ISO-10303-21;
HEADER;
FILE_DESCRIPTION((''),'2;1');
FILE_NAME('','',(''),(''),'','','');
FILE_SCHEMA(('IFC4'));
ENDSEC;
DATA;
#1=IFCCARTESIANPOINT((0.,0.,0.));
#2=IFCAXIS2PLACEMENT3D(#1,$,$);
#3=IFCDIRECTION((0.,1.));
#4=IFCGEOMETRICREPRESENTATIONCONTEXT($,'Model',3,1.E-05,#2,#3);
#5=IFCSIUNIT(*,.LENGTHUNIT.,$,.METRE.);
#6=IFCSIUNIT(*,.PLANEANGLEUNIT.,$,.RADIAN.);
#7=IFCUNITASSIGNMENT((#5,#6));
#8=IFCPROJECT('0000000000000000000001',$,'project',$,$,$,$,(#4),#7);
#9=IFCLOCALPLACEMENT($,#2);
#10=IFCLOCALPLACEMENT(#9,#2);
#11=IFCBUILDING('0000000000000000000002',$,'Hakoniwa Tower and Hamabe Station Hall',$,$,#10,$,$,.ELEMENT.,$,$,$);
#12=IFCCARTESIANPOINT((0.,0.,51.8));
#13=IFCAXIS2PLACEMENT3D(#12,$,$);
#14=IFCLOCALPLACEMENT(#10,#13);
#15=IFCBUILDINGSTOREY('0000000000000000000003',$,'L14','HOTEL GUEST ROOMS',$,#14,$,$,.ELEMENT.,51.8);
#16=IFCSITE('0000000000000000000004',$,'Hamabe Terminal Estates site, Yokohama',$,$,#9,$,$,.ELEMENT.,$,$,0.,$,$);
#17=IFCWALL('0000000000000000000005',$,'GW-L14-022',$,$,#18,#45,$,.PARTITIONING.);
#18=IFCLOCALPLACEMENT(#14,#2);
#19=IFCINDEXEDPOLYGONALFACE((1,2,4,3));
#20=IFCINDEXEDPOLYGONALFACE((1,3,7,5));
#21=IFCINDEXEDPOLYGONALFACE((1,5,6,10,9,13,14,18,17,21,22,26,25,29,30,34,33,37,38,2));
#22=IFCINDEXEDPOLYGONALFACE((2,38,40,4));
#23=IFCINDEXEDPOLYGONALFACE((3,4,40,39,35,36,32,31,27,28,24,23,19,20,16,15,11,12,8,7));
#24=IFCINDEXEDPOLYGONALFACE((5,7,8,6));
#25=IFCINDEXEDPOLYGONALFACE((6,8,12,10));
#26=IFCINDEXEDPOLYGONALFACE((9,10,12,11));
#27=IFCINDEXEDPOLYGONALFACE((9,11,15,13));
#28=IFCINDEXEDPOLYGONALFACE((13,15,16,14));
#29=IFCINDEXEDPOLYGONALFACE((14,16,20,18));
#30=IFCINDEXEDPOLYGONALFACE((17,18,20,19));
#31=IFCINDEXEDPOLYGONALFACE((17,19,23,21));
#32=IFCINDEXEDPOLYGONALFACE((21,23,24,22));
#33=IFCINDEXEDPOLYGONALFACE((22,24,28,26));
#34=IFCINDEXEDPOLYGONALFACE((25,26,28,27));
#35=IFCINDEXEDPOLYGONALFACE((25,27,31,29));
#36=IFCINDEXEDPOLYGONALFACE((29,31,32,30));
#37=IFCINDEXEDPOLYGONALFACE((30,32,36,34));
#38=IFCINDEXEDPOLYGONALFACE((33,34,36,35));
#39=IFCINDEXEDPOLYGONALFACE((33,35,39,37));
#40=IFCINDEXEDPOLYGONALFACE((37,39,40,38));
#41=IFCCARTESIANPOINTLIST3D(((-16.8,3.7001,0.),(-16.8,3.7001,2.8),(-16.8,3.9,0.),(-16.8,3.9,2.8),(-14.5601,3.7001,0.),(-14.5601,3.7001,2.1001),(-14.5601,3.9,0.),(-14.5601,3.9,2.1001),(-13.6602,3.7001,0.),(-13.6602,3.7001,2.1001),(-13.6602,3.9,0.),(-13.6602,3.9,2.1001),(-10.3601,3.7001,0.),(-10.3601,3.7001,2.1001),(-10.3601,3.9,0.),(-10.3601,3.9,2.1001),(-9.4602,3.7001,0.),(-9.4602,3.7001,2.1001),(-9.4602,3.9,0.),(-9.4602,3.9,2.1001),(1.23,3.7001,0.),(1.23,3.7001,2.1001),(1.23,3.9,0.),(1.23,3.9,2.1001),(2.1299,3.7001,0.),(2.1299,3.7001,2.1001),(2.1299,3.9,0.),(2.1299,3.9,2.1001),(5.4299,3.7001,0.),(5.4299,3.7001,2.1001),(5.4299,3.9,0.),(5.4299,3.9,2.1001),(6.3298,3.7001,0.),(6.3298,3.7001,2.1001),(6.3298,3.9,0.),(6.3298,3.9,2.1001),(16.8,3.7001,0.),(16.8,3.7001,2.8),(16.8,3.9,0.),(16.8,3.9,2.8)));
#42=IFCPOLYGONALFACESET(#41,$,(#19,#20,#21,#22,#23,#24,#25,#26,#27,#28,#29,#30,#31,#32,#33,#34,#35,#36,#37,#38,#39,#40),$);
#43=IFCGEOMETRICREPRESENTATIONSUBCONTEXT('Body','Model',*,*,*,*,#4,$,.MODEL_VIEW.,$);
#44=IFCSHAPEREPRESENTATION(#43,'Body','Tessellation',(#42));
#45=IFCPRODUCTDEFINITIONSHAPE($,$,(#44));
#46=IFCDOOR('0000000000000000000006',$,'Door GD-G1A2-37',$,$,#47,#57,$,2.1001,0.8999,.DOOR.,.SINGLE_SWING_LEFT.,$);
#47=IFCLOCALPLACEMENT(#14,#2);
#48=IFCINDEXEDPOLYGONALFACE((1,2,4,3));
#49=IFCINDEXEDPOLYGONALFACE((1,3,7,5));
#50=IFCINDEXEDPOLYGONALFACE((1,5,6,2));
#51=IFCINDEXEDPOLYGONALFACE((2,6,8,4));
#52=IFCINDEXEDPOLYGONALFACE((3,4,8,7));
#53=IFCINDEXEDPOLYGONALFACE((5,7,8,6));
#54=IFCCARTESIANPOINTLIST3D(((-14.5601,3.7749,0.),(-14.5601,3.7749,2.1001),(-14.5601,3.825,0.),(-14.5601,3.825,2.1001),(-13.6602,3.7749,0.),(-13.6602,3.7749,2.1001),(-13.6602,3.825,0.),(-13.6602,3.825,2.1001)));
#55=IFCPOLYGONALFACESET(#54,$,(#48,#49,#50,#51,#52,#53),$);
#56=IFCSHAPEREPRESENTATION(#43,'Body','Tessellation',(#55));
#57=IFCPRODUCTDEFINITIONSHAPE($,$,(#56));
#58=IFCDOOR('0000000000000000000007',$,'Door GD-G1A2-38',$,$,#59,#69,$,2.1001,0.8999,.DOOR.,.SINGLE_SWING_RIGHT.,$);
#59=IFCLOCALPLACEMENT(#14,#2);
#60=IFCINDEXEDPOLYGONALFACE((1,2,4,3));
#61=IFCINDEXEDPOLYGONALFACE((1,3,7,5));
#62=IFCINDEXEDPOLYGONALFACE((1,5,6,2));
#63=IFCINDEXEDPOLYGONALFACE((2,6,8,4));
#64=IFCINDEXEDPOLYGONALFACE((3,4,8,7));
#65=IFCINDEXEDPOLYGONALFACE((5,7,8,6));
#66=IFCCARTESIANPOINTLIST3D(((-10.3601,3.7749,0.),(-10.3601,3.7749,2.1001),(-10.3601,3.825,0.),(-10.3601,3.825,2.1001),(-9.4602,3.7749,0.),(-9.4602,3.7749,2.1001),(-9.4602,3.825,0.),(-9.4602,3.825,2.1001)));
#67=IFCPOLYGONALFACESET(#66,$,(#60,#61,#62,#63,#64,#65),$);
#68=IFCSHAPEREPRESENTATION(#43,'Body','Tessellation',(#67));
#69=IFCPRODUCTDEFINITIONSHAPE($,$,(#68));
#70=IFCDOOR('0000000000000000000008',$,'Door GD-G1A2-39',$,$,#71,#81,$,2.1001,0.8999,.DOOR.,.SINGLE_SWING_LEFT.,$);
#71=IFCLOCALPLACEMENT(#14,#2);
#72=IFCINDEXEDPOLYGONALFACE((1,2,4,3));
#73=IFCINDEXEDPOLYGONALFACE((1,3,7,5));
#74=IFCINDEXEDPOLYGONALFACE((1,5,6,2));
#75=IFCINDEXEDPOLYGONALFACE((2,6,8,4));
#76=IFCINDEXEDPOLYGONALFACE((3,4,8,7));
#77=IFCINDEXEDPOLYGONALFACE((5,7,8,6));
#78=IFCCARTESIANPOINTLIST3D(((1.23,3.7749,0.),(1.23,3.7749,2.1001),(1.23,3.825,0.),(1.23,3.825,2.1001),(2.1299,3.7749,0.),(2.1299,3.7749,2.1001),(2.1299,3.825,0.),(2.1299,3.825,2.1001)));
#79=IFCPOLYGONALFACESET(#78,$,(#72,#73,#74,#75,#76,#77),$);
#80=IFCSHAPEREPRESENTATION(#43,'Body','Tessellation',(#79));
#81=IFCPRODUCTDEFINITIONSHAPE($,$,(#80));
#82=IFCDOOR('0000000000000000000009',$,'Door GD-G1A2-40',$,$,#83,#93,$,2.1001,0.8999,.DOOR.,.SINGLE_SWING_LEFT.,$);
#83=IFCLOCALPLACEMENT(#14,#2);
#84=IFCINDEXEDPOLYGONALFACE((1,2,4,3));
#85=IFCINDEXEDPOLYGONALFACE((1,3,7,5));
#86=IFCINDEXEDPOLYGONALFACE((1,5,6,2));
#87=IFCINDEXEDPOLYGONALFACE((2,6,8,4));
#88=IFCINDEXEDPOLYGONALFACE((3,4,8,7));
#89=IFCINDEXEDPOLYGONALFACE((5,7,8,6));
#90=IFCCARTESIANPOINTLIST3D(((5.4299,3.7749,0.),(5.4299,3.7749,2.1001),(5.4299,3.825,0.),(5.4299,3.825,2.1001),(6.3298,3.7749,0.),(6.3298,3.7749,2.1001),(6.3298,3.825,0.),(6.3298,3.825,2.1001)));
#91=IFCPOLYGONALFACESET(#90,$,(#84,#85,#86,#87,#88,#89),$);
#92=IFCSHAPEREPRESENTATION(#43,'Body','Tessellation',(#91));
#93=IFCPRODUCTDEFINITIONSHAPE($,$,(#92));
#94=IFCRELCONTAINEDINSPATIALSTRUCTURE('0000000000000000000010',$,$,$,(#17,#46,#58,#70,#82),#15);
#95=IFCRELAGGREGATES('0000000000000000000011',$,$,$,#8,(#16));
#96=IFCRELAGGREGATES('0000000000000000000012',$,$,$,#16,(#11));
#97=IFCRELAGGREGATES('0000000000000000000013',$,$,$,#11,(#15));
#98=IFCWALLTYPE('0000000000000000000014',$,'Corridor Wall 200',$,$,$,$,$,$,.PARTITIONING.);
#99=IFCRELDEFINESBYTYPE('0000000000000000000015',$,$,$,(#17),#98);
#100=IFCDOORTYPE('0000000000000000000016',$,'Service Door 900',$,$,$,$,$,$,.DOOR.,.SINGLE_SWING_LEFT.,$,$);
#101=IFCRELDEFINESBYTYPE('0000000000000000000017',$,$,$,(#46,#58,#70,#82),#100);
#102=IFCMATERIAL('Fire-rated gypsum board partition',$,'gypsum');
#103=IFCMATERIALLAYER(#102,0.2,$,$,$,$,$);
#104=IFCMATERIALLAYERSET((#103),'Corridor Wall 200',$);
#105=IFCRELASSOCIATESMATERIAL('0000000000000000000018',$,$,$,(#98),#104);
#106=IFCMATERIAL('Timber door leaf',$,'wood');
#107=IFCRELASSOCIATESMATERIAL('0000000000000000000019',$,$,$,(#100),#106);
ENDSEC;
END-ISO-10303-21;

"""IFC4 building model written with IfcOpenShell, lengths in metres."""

from ifc_helpers import new_model, si_unit, direction, frame, frame_2d, origin, place, context, subcontext, project, spatial, rectangle, extrude, material, layer, layer_set, type_object, element, fill, save


model = new_model("IFC4")

# Units and contexts
model_context = context("Model", 3, precision=1e-05, world=origin(), true_north=direction((0.0, 1.0)))
body_context = subcontext(model_context, "Body", "Model", "MODEL_VIEW")
ifc_project = project(units=[si_unit("LENGTHUNIT", "METRE"), si_unit("PLANEANGLEUNIT", "RADIAN")], contexts=[model_context])

# Site, building, storey
site_placement = place(None, origin())
site = spatial("IfcSite", under=ifc_project, at=site_placement, Name="Hamabe Terminal Estates site, Yokohama", CompositionType="ELEMENT", RefElevation=0.0)
building_placement = place(site_placement, origin())
building = spatial("IfcBuilding", under=site, at=building_placement, Name="Hakoniwa Tower and Hamabe Station Hall", CompositionType="ELEMENT")
storey_placement = place(building_placement, frame((0.0, 0.0, 51.8)))
storey = spatial("IfcBuildingStorey", under=building, at=storey_placement, Name="L14", Description="HOTEL GUEST ROOMS", CompositionType="ELEMENT", Elevation=51.8)

# Wall, openings, doors
ifc_material_1 = material(Name="Fire-rated gypsum board partition", Category="gypsum")
ifc_layer_1 = layer(ifc_material_1, 0.2)
ifc_layer_set_1 = layer_set([ifc_layer_1], Name="Corridor Wall 200")
wall_type_1 = type_object("IfcWallType", Name="Corridor Wall 200", PredefinedType="PARTITIONING", material=ifc_layer_set_1)
wall_1_placement = place(storey_placement, frame((-16.8, 3.8, 0.0), z_axis=(0.0, 0.0, 1.0), x_axis=(1.0, 0.0, 0.0)))
wall_1 = element("IfcWall", 1, at=wall_1_placement, inside=storey, type_object=wall_type_1, Name="GW-L14-022", PredefinedType="PARTITIONING", context=body_context, shape_type="SweptSolid", body=[
    extrude(rectangle(XDim=33.6001, YDim=0.2, at=frame_2d((16.8, 0.0))), origin(), (0.0, 0.0, 1.0), 2.8),
])
opening_1_placement = place(wall_1_placement, frame((2.24, 0.0, 0.0)))
opening_1 = element("IfcOpeningElement", 2, at=opening_1_placement, cuts=wall_1, PredefinedType="OPENING", context=body_context, shape_type="SweptSolid", body=[
    extrude(rectangle(XDim=0.8999, YDim=2.1001, at=frame_2d((0.45, 1.05))), frame((0.0, 0.1099, 0.0), z_axis=(0.0, -1.0, 0.0), x_axis=(1.0, 0.0, 0.0)), (0.0, 0.0, 1.0), 0.22),
])
opening_2_placement = place(wall_1_placement, frame((6.4399, 0.0, 0.0)))
opening_2 = element("IfcOpeningElement", 3, at=opening_2_placement, cuts=wall_1, PredefinedType="OPENING", context=body_context, shape_type="SweptSolid", body=[
    extrude(rectangle(XDim=0.8999, YDim=2.1001, at=frame_2d((0.45, 1.05))), frame((0.0, 0.1099, 0.0), z_axis=(0.0, -1.0, 0.0), x_axis=(1.0, 0.0, 0.0)), (0.0, 0.0, 1.0), 0.22),
])
opening_3_placement = place(wall_1_placement, frame((18.03, 0.0, 0.0)))
opening_3 = element("IfcOpeningElement", 4, at=opening_3_placement, cuts=wall_1, PredefinedType="OPENING", context=body_context, shape_type="SweptSolid", body=[
    extrude(rectangle(XDim=0.8999, YDim=2.1001, at=frame_2d((0.45, 1.05))), frame((0.0, 0.1099, 0.0), z_axis=(0.0, -1.0, 0.0), x_axis=(1.0, 0.0, 0.0)), (0.0, 0.0, 1.0), 0.22),
])
opening_4_placement = place(wall_1_placement, frame((22.23, 0.0, 0.0)))
opening_4 = element("IfcOpeningElement", 5, at=opening_4_placement, cuts=wall_1, PredefinedType="OPENING", context=body_context, shape_type="SweptSolid", body=[
    extrude(rectangle(XDim=0.8999, YDim=2.1001, at=frame_2d((0.45, 1.05))), frame((0.0, 0.1099, 0.0), z_axis=(0.0, -1.0, 0.0), x_axis=(1.0, 0.0, 0.0)), (0.0, 0.0, 1.0), 0.22),
])
ifc_material_2 = material(Name="Timber door leaf", Category="wood")
door_type_1 = type_object("IfcDoorType", Name="Service Door 900", OperationType="SINGLE_SWING_LEFT", PredefinedType="DOOR", material=ifc_material_2)
door_1_placement = place(opening_1_placement, origin())
door_1 = element("IfcDoor", 6, at=door_1_placement, inside=storey, type_object=door_type_1, Name="Door GD-G1A2-37", OperationType="SINGLE_SWING_LEFT", OverallHeight=2.1001, OverallWidth=0.8999, PredefinedType="DOOR", context=body_context, shape_type="SweptSolid", body=[
    extrude(rectangle(XDim=0.8999, YDim=2.1001, at=frame_2d((0.45, 1.05))), frame((0.0, 0.0249, 0.0), z_axis=(0.0, -1.0, 0.0), x_axis=(1.0, 0.0, 0.0)), (0.0, 0.0, 1.0), 0.05),
])
fill(opening_1, door_1)
door_2_placement = place(opening_2_placement, origin())
door_2 = element("IfcDoor", 7, at=door_2_placement, inside=storey, type_object=door_type_1, Name="Door GD-G1A2-38", OperationType="SINGLE_SWING_RIGHT", OverallHeight=2.1001, OverallWidth=0.8999, PredefinedType="DOOR", context=body_context, shape_type="SweptSolid", body=[
    extrude(rectangle(XDim=0.8999, YDim=2.1001, at=frame_2d((0.45, 1.05))), frame((0.0, 0.0249, 0.0), z_axis=(0.0, -1.0, 0.0), x_axis=(1.0, 0.0, 0.0)), (0.0, 0.0, 1.0), 0.05),
])
fill(opening_2, door_2)
door_3_placement = place(opening_3_placement, origin())
door_3 = element("IfcDoor", 8, at=door_3_placement, inside=storey, type_object=door_type_1, Name="Door GD-G1A2-39", OperationType="SINGLE_SWING_LEFT", OverallHeight=2.1001, OverallWidth=0.8999, PredefinedType="DOOR", context=body_context, shape_type="SweptSolid", body=[
    extrude(rectangle(XDim=0.8999, YDim=2.1001, at=frame_2d((0.45, 1.05))), frame((0.0, 0.0249, 0.0), z_axis=(0.0, -1.0, 0.0), x_axis=(1.0, 0.0, 0.0)), (0.0, 0.0, 1.0), 0.05),
])
fill(opening_3, door_3)
door_4_placement = place(opening_4_placement, origin())
door_4 = element("IfcDoor", 9, at=door_4_placement, inside=storey, type_object=door_type_1, Name="Door GD-G1A2-40", OperationType="SINGLE_SWING_LEFT", OverallHeight=2.1001, OverallWidth=0.8999, PredefinedType="DOOR", context=body_context, shape_type="SweptSolid", body=[
    extrude(rectangle(XDim=0.8999, YDim=2.1001, at=frame_2d((0.45, 1.05))), frame((0.0, 0.0249, 0.0), z_axis=(0.0, -1.0, 0.0), x_axis=(1.0, 0.0, 0.0)), (0.0, 0.0, 1.0), 0.05),
])
fill(opening_4, door_4)

save(model, "model.ifc")
